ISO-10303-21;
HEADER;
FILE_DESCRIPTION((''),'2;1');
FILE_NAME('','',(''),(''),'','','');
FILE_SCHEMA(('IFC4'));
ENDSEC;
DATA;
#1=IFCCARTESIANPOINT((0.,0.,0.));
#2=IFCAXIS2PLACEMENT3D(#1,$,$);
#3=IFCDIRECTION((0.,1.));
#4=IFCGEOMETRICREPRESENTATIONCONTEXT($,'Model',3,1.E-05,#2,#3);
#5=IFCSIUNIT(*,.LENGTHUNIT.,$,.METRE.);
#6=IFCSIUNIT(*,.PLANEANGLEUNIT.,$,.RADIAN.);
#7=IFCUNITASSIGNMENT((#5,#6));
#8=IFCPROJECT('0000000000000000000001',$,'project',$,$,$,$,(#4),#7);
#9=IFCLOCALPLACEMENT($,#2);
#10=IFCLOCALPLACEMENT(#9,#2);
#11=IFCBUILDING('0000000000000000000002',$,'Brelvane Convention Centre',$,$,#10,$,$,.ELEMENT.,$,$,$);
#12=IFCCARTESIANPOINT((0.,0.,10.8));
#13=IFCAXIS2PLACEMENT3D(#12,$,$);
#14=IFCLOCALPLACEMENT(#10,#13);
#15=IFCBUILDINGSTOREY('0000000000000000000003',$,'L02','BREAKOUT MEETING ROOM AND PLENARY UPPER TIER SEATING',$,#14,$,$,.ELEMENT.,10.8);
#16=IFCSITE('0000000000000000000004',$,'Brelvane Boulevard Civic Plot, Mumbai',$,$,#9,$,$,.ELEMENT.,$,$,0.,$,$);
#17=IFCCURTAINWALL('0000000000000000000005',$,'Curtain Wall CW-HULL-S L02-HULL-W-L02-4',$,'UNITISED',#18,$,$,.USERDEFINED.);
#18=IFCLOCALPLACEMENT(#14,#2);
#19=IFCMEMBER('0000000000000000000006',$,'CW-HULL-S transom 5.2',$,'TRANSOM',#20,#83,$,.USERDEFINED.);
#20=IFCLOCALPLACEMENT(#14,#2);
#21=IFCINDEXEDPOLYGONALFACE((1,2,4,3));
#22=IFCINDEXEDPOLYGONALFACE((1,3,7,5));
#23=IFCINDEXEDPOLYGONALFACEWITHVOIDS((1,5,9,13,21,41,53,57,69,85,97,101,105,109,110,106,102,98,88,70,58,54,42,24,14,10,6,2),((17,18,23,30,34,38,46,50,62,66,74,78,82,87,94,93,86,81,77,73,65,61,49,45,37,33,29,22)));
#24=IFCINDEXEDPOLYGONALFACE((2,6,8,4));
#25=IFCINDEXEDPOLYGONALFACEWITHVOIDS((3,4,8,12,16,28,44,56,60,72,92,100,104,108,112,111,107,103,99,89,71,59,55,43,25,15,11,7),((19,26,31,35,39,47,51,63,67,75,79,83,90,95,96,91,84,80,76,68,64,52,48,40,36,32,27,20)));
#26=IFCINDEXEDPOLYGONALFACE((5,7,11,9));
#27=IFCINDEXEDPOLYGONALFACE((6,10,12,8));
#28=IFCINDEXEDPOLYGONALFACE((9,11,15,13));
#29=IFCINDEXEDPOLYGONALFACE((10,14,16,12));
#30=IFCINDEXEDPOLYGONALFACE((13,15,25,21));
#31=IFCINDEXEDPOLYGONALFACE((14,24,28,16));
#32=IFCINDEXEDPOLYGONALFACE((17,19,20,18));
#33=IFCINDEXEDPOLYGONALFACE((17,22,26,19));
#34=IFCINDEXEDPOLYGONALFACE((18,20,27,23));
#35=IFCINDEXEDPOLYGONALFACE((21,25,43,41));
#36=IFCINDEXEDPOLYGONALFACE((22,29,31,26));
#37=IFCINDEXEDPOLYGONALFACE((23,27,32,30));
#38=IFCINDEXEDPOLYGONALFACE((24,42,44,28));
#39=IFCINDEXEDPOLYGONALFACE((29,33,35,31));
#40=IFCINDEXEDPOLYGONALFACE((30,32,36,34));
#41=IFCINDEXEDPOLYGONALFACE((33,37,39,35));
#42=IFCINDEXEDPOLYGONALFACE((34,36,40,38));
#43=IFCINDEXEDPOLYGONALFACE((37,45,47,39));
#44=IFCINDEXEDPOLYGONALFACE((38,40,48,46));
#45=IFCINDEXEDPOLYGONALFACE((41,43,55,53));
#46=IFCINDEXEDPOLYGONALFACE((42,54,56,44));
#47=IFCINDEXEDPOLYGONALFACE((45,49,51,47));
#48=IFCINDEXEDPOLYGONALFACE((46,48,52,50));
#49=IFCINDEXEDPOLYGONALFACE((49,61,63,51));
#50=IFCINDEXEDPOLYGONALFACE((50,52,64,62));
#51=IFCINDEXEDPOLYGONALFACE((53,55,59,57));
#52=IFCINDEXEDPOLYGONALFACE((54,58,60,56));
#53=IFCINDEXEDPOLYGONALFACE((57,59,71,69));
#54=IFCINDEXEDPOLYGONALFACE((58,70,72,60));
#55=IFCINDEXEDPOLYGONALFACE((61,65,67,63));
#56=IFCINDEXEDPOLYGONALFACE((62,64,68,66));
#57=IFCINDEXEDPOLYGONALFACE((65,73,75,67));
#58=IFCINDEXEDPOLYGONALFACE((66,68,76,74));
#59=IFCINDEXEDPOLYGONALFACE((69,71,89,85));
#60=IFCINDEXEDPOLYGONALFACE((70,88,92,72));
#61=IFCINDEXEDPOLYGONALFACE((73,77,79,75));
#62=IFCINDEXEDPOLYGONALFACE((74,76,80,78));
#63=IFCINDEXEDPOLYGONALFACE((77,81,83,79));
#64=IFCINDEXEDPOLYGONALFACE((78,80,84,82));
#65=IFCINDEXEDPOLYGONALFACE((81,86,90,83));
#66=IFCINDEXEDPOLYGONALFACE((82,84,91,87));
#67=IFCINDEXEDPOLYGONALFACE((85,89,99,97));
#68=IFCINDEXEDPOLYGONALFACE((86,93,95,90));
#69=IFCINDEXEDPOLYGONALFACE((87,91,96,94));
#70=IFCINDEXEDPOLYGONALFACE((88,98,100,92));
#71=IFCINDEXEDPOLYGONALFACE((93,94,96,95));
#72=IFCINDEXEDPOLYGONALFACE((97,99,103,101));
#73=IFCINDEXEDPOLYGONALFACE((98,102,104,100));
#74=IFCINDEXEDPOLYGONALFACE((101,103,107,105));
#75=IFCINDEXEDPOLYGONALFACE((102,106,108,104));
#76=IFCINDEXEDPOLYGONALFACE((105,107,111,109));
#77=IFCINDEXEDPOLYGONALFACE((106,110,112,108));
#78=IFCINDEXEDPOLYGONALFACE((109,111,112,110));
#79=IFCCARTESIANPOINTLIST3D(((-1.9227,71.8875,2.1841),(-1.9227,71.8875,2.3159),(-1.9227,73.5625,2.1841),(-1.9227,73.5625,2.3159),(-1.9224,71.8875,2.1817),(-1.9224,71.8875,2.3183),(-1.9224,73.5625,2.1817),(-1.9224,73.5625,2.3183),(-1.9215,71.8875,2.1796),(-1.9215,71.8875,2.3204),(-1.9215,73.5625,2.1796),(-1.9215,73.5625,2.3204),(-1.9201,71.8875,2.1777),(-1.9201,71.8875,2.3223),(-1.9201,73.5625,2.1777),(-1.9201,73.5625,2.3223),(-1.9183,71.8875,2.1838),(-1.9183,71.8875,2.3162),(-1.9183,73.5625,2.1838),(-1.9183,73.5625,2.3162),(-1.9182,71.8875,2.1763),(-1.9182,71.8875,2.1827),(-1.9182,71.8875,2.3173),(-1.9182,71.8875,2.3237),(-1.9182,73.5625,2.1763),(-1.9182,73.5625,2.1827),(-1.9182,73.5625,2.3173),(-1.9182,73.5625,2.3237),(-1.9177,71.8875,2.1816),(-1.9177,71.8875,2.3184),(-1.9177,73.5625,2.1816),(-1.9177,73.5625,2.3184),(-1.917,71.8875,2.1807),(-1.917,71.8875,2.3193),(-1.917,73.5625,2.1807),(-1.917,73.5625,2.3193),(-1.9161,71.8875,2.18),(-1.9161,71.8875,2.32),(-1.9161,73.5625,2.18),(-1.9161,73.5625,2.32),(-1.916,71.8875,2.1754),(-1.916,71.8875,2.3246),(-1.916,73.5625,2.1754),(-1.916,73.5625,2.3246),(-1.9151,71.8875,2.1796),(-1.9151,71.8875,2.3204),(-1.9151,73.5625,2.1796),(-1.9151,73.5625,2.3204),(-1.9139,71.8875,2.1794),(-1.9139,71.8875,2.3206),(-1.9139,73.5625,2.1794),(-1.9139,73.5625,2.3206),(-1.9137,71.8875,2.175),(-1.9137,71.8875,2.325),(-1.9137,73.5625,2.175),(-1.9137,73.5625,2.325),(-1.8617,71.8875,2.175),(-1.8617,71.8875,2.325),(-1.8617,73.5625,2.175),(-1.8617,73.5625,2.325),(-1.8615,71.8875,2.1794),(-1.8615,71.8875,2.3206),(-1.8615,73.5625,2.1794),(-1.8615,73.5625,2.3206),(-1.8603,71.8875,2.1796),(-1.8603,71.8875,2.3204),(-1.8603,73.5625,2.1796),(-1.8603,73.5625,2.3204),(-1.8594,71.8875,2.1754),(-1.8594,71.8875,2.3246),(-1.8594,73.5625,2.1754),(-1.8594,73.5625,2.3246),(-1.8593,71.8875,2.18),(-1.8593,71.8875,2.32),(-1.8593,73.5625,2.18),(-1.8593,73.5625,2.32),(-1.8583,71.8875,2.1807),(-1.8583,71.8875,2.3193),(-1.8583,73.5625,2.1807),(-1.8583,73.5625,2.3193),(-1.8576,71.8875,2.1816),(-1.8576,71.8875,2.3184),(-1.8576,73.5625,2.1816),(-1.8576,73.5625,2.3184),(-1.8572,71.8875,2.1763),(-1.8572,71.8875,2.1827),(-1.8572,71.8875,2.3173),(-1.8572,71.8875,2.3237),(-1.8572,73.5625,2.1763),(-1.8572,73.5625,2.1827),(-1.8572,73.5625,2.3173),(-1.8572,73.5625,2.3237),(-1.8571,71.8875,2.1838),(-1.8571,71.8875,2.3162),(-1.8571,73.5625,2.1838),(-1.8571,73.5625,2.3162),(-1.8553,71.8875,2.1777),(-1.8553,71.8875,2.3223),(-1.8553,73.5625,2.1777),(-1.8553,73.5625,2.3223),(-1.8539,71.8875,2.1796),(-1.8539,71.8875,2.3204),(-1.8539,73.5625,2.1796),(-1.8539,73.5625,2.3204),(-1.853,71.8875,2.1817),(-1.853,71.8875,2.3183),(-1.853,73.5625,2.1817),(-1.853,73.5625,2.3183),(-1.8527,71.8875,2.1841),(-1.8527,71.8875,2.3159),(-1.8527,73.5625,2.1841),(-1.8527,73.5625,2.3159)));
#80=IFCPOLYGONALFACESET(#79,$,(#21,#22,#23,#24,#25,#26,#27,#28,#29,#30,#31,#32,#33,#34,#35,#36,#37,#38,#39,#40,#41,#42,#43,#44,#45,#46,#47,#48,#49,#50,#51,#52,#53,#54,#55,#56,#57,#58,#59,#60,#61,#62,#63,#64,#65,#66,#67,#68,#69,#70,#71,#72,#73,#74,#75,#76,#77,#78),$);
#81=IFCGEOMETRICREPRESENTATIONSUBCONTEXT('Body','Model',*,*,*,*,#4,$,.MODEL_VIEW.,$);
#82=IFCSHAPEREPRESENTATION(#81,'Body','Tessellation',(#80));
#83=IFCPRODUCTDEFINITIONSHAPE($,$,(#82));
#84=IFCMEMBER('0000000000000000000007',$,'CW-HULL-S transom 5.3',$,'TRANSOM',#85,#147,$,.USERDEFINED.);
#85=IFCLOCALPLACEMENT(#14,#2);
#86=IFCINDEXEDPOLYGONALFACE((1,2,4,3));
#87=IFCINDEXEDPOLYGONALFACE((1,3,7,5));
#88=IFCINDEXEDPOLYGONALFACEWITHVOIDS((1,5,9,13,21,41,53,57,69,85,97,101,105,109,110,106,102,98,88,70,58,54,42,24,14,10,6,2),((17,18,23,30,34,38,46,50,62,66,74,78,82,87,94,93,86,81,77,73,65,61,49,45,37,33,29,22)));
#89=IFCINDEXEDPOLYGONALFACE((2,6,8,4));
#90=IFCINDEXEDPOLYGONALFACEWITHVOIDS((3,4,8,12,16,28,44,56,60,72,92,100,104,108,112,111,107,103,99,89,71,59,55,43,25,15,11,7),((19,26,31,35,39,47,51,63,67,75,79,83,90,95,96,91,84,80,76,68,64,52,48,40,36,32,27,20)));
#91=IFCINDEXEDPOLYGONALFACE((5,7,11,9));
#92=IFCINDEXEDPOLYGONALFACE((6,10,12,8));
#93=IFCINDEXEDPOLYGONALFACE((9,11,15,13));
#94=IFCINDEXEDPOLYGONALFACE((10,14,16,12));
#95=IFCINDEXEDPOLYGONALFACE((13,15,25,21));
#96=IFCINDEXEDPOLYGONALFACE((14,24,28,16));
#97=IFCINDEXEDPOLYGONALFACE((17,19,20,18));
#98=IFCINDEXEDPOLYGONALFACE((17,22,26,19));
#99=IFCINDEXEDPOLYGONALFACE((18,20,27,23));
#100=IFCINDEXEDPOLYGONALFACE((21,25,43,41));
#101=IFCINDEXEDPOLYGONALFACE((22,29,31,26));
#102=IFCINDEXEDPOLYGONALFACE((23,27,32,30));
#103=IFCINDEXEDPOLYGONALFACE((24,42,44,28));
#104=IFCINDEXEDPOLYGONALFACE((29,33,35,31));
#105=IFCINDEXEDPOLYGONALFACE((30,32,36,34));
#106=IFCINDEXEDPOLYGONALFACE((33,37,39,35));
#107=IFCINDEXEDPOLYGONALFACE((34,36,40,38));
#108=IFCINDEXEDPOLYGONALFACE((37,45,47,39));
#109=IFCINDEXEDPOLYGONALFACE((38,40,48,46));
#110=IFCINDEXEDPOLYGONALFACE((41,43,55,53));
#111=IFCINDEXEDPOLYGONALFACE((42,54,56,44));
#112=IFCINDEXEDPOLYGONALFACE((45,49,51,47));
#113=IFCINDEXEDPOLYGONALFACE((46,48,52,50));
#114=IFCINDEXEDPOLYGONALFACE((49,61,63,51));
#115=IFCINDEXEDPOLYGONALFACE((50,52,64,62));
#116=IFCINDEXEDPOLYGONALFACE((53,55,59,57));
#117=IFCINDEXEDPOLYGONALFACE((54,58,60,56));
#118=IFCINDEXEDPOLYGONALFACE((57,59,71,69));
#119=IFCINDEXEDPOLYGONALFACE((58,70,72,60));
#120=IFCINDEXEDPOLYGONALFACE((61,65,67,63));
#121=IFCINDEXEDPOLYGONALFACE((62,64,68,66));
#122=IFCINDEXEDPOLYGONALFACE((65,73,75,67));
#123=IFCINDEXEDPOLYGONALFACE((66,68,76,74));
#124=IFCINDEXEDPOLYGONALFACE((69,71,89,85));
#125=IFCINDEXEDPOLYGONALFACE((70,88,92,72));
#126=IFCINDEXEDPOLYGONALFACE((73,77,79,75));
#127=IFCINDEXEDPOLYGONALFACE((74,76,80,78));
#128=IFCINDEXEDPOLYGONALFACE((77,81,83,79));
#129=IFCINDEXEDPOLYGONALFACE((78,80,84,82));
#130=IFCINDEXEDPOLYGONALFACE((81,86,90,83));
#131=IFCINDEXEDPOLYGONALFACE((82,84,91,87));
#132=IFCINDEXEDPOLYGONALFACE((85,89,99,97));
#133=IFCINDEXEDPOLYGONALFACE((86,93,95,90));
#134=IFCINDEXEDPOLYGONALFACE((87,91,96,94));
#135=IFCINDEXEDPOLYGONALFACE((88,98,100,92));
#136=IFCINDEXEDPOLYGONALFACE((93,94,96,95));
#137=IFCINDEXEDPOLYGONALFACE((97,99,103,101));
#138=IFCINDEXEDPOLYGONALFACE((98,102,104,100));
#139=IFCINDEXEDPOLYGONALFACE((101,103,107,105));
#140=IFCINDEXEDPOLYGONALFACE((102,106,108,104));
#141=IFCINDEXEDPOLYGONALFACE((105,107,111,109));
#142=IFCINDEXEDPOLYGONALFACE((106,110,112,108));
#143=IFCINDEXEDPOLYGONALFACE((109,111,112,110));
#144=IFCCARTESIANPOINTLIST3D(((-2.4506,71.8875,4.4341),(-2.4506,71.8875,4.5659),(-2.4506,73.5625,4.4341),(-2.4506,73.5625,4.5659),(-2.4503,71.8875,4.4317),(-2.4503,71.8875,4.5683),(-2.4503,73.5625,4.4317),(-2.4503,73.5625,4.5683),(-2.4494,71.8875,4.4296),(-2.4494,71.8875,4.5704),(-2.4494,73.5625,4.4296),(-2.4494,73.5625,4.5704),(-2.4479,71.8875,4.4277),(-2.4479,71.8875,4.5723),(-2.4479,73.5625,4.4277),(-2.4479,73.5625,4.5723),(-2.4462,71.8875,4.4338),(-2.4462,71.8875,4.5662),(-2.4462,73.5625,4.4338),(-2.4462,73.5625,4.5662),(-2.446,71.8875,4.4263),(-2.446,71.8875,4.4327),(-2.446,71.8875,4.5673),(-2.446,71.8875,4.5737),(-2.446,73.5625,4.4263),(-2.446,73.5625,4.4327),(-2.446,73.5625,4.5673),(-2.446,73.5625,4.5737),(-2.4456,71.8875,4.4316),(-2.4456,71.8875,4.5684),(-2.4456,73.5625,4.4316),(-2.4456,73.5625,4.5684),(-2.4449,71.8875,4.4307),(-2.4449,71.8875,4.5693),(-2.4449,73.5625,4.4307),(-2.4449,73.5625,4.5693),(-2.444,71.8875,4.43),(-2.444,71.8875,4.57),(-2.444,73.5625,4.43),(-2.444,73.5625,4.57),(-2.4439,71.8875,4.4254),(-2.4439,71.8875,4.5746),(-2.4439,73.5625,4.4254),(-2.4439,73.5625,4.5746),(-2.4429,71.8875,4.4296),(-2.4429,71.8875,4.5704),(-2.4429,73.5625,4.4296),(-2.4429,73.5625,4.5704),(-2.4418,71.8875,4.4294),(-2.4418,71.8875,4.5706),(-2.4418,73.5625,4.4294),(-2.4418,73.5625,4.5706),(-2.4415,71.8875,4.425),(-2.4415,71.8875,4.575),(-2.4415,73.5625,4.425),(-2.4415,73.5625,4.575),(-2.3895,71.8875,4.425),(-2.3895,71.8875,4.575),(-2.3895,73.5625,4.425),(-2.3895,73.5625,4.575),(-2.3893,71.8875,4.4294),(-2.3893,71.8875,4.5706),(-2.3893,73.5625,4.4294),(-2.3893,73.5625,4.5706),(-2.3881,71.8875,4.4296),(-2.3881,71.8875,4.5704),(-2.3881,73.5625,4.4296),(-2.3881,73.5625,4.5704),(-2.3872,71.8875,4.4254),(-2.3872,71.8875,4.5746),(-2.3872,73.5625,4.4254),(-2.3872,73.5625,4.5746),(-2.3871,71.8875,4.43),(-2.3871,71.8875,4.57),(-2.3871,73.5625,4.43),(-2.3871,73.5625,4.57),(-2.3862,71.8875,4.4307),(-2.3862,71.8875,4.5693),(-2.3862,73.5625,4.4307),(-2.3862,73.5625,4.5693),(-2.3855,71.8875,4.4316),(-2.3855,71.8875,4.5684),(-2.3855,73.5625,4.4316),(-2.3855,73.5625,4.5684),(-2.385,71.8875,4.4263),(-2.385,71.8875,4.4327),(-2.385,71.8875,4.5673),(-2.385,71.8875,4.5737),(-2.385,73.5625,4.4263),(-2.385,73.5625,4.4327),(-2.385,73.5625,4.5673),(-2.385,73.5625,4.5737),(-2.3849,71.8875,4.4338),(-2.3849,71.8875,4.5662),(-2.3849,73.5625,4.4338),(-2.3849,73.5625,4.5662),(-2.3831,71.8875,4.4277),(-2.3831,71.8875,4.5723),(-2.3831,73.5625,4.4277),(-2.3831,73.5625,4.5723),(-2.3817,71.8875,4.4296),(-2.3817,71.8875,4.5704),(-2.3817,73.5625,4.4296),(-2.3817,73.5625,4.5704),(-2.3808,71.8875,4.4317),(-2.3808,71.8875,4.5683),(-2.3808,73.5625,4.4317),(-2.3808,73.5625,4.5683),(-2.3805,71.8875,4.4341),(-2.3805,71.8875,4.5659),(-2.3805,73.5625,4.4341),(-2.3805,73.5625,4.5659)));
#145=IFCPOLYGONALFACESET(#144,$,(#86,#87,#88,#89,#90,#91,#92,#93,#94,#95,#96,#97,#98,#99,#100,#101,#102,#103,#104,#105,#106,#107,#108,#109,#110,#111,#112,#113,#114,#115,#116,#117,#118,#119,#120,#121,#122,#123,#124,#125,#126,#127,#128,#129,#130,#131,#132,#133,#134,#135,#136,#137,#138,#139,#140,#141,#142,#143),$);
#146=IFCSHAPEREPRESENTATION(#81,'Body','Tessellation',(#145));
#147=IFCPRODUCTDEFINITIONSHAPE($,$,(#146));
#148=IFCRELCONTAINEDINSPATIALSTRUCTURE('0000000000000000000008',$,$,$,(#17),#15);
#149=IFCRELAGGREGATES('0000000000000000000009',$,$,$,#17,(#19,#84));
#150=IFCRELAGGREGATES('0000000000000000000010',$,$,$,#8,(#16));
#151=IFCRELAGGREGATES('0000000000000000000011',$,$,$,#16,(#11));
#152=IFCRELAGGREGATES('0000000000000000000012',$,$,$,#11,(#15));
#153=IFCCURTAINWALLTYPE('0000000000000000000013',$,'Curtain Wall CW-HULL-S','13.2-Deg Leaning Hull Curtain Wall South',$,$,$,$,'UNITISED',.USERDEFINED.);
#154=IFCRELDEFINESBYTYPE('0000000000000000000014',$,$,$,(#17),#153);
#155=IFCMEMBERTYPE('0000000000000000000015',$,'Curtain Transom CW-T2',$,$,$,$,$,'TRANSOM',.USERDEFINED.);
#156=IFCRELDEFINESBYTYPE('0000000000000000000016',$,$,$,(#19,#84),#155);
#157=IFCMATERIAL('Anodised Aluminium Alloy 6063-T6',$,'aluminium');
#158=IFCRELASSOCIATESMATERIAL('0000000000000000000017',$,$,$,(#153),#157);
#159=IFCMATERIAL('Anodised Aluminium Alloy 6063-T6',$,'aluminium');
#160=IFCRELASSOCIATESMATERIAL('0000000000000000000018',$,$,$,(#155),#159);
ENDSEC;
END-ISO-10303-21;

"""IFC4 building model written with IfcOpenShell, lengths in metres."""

from ifc_helpers import new_model, si_unit, direction, frame, origin, origin_2d, place, context, subcontext, project, spatial, hollow_rectangle, extrude, material, material_profile, profile_set, type_object, element, aggregate, save


model = new_model("IFC4")

# Units and contexts
model_context = context("Model", 3, precision=1e-05, world=origin(), true_north=direction((0.0, 1.0)))
body_context = subcontext(model_context, "Body", "Model", "MODEL_VIEW")
ifc_project = project(units=[si_unit("LENGTHUNIT", "METRE"), si_unit("PLANEANGLEUNIT", "RADIAN")], contexts=[model_context])

# Site, building, storey
site_placement = place(None, origin())
site = spatial("IfcSite", under=ifc_project, at=site_placement, Name="Brelvane Boulevard Civic Plot, Mumbai", CompositionType="ELEMENT", RefElevation=0.0)
building_placement = place(site_placement, origin())
building = spatial("IfcBuilding", under=site, at=building_placement, Name="Brelvane Convention Centre", CompositionType="ELEMENT")
storey_placement = place(building_placement, frame((0.0, 0.0, 10.8)))
storey = spatial("IfcBuildingStorey", under=building, at=storey_placement, Name="L02", Description="BREAKOUT MEETING ROOM AND PLENARY UPPER TIER SEATING", CompositionType="ELEMENT", Elevation=10.8)

# Curtain wall
ifc_material_1 = material(Name="Anodised Aluminium Alloy 6063-T6", Category="aluminium")
curtain_wall_type = type_object("IfcCurtainWallType", Name="Curtain Wall CW-HULL-S", Description="13.2-Deg Leaning Hull Curtain Wall South", ElementType="UNITISED", PredefinedType="USERDEFINED", material=ifc_material_1)
curtain_wall_1_placement = place(storey_placement, origin())
curtain_wall_1 = element("IfcCurtainWall", 1, at=curtain_wall_1_placement, inside=storey, type_object=curtain_wall_type, Name="Curtain Wall CW-HULL-S L02-HULL-W-L02-4", ObjectType="UNITISED", PredefinedType="USERDEFINED")

# Members
ifc_material_2 = material(Name="Anodised Aluminium Alloy 6063-T6", Category="aluminium")
ifc_material_profile_1 = material_profile(ifc_material_2, hollow_rectangle(XDim=0.0701, YDim=0.1499, WallThickness=0.0044, InnerFilletRadius=0.0044, OuterFilletRadius=0.009, at=origin_2d()), Name="ALU-T 150x70x4.5")
ifc_profile_set_1 = profile_set([ifc_material_profile_1], Name="Anodised Aluminium Alloy 6063-T6")
member_type_1 = type_object("IfcMemberType", Name="Curtain Transom CW-T2", ElementType="TRANSOM", PredefinedType="USERDEFINED", material=ifc_profile_set_1)
member_1_placement = place(storey_placement, frame((-1.8877, 71.8875, 2.25), z_axis=(0.0, 1.0, 0.0), x_axis=(-1.0, 0.0, 0.0)))
member_1 = element("IfcMember", 2, at=member_1_placement, type_object=member_type_1, Name="CW-HULL-S transom 5.2", ObjectType="TRANSOM", PredefinedType="USERDEFINED", context=body_context, shape_type="SweptSolid", body=[
    extrude(hollow_rectangle(XDim=0.0701, YDim=0.1499, WallThickness=0.0044, InnerFilletRadius=0.0044, OuterFilletRadius=0.009, at=origin_2d()), origin(), (0.0, 0.0, 1.0), 1.675),
])
member_2_placement = place(storey_placement, frame((-2.4155, 71.8875, 4.5), z_axis=(0.0, 1.0, 0.0), x_axis=(-1.0, 0.0, 0.0)))
member_2 = element("IfcMember", 3, at=member_2_placement, type_object=member_type_1, Name="CW-HULL-S transom 5.3", ObjectType="TRANSOM", PredefinedType="USERDEFINED", context=body_context, shape_type="SweptSolid", body=[
    extrude(hollow_rectangle(XDim=0.0701, YDim=0.1499, WallThickness=0.0044, InnerFilletRadius=0.0044, OuterFilletRadius=0.009, at=origin_2d()), origin(), (0.0, 0.0, 1.0), 1.675),
])

aggregate(curtain_wall_1, [member_1, member_2])

save(model, "model.ifc")
